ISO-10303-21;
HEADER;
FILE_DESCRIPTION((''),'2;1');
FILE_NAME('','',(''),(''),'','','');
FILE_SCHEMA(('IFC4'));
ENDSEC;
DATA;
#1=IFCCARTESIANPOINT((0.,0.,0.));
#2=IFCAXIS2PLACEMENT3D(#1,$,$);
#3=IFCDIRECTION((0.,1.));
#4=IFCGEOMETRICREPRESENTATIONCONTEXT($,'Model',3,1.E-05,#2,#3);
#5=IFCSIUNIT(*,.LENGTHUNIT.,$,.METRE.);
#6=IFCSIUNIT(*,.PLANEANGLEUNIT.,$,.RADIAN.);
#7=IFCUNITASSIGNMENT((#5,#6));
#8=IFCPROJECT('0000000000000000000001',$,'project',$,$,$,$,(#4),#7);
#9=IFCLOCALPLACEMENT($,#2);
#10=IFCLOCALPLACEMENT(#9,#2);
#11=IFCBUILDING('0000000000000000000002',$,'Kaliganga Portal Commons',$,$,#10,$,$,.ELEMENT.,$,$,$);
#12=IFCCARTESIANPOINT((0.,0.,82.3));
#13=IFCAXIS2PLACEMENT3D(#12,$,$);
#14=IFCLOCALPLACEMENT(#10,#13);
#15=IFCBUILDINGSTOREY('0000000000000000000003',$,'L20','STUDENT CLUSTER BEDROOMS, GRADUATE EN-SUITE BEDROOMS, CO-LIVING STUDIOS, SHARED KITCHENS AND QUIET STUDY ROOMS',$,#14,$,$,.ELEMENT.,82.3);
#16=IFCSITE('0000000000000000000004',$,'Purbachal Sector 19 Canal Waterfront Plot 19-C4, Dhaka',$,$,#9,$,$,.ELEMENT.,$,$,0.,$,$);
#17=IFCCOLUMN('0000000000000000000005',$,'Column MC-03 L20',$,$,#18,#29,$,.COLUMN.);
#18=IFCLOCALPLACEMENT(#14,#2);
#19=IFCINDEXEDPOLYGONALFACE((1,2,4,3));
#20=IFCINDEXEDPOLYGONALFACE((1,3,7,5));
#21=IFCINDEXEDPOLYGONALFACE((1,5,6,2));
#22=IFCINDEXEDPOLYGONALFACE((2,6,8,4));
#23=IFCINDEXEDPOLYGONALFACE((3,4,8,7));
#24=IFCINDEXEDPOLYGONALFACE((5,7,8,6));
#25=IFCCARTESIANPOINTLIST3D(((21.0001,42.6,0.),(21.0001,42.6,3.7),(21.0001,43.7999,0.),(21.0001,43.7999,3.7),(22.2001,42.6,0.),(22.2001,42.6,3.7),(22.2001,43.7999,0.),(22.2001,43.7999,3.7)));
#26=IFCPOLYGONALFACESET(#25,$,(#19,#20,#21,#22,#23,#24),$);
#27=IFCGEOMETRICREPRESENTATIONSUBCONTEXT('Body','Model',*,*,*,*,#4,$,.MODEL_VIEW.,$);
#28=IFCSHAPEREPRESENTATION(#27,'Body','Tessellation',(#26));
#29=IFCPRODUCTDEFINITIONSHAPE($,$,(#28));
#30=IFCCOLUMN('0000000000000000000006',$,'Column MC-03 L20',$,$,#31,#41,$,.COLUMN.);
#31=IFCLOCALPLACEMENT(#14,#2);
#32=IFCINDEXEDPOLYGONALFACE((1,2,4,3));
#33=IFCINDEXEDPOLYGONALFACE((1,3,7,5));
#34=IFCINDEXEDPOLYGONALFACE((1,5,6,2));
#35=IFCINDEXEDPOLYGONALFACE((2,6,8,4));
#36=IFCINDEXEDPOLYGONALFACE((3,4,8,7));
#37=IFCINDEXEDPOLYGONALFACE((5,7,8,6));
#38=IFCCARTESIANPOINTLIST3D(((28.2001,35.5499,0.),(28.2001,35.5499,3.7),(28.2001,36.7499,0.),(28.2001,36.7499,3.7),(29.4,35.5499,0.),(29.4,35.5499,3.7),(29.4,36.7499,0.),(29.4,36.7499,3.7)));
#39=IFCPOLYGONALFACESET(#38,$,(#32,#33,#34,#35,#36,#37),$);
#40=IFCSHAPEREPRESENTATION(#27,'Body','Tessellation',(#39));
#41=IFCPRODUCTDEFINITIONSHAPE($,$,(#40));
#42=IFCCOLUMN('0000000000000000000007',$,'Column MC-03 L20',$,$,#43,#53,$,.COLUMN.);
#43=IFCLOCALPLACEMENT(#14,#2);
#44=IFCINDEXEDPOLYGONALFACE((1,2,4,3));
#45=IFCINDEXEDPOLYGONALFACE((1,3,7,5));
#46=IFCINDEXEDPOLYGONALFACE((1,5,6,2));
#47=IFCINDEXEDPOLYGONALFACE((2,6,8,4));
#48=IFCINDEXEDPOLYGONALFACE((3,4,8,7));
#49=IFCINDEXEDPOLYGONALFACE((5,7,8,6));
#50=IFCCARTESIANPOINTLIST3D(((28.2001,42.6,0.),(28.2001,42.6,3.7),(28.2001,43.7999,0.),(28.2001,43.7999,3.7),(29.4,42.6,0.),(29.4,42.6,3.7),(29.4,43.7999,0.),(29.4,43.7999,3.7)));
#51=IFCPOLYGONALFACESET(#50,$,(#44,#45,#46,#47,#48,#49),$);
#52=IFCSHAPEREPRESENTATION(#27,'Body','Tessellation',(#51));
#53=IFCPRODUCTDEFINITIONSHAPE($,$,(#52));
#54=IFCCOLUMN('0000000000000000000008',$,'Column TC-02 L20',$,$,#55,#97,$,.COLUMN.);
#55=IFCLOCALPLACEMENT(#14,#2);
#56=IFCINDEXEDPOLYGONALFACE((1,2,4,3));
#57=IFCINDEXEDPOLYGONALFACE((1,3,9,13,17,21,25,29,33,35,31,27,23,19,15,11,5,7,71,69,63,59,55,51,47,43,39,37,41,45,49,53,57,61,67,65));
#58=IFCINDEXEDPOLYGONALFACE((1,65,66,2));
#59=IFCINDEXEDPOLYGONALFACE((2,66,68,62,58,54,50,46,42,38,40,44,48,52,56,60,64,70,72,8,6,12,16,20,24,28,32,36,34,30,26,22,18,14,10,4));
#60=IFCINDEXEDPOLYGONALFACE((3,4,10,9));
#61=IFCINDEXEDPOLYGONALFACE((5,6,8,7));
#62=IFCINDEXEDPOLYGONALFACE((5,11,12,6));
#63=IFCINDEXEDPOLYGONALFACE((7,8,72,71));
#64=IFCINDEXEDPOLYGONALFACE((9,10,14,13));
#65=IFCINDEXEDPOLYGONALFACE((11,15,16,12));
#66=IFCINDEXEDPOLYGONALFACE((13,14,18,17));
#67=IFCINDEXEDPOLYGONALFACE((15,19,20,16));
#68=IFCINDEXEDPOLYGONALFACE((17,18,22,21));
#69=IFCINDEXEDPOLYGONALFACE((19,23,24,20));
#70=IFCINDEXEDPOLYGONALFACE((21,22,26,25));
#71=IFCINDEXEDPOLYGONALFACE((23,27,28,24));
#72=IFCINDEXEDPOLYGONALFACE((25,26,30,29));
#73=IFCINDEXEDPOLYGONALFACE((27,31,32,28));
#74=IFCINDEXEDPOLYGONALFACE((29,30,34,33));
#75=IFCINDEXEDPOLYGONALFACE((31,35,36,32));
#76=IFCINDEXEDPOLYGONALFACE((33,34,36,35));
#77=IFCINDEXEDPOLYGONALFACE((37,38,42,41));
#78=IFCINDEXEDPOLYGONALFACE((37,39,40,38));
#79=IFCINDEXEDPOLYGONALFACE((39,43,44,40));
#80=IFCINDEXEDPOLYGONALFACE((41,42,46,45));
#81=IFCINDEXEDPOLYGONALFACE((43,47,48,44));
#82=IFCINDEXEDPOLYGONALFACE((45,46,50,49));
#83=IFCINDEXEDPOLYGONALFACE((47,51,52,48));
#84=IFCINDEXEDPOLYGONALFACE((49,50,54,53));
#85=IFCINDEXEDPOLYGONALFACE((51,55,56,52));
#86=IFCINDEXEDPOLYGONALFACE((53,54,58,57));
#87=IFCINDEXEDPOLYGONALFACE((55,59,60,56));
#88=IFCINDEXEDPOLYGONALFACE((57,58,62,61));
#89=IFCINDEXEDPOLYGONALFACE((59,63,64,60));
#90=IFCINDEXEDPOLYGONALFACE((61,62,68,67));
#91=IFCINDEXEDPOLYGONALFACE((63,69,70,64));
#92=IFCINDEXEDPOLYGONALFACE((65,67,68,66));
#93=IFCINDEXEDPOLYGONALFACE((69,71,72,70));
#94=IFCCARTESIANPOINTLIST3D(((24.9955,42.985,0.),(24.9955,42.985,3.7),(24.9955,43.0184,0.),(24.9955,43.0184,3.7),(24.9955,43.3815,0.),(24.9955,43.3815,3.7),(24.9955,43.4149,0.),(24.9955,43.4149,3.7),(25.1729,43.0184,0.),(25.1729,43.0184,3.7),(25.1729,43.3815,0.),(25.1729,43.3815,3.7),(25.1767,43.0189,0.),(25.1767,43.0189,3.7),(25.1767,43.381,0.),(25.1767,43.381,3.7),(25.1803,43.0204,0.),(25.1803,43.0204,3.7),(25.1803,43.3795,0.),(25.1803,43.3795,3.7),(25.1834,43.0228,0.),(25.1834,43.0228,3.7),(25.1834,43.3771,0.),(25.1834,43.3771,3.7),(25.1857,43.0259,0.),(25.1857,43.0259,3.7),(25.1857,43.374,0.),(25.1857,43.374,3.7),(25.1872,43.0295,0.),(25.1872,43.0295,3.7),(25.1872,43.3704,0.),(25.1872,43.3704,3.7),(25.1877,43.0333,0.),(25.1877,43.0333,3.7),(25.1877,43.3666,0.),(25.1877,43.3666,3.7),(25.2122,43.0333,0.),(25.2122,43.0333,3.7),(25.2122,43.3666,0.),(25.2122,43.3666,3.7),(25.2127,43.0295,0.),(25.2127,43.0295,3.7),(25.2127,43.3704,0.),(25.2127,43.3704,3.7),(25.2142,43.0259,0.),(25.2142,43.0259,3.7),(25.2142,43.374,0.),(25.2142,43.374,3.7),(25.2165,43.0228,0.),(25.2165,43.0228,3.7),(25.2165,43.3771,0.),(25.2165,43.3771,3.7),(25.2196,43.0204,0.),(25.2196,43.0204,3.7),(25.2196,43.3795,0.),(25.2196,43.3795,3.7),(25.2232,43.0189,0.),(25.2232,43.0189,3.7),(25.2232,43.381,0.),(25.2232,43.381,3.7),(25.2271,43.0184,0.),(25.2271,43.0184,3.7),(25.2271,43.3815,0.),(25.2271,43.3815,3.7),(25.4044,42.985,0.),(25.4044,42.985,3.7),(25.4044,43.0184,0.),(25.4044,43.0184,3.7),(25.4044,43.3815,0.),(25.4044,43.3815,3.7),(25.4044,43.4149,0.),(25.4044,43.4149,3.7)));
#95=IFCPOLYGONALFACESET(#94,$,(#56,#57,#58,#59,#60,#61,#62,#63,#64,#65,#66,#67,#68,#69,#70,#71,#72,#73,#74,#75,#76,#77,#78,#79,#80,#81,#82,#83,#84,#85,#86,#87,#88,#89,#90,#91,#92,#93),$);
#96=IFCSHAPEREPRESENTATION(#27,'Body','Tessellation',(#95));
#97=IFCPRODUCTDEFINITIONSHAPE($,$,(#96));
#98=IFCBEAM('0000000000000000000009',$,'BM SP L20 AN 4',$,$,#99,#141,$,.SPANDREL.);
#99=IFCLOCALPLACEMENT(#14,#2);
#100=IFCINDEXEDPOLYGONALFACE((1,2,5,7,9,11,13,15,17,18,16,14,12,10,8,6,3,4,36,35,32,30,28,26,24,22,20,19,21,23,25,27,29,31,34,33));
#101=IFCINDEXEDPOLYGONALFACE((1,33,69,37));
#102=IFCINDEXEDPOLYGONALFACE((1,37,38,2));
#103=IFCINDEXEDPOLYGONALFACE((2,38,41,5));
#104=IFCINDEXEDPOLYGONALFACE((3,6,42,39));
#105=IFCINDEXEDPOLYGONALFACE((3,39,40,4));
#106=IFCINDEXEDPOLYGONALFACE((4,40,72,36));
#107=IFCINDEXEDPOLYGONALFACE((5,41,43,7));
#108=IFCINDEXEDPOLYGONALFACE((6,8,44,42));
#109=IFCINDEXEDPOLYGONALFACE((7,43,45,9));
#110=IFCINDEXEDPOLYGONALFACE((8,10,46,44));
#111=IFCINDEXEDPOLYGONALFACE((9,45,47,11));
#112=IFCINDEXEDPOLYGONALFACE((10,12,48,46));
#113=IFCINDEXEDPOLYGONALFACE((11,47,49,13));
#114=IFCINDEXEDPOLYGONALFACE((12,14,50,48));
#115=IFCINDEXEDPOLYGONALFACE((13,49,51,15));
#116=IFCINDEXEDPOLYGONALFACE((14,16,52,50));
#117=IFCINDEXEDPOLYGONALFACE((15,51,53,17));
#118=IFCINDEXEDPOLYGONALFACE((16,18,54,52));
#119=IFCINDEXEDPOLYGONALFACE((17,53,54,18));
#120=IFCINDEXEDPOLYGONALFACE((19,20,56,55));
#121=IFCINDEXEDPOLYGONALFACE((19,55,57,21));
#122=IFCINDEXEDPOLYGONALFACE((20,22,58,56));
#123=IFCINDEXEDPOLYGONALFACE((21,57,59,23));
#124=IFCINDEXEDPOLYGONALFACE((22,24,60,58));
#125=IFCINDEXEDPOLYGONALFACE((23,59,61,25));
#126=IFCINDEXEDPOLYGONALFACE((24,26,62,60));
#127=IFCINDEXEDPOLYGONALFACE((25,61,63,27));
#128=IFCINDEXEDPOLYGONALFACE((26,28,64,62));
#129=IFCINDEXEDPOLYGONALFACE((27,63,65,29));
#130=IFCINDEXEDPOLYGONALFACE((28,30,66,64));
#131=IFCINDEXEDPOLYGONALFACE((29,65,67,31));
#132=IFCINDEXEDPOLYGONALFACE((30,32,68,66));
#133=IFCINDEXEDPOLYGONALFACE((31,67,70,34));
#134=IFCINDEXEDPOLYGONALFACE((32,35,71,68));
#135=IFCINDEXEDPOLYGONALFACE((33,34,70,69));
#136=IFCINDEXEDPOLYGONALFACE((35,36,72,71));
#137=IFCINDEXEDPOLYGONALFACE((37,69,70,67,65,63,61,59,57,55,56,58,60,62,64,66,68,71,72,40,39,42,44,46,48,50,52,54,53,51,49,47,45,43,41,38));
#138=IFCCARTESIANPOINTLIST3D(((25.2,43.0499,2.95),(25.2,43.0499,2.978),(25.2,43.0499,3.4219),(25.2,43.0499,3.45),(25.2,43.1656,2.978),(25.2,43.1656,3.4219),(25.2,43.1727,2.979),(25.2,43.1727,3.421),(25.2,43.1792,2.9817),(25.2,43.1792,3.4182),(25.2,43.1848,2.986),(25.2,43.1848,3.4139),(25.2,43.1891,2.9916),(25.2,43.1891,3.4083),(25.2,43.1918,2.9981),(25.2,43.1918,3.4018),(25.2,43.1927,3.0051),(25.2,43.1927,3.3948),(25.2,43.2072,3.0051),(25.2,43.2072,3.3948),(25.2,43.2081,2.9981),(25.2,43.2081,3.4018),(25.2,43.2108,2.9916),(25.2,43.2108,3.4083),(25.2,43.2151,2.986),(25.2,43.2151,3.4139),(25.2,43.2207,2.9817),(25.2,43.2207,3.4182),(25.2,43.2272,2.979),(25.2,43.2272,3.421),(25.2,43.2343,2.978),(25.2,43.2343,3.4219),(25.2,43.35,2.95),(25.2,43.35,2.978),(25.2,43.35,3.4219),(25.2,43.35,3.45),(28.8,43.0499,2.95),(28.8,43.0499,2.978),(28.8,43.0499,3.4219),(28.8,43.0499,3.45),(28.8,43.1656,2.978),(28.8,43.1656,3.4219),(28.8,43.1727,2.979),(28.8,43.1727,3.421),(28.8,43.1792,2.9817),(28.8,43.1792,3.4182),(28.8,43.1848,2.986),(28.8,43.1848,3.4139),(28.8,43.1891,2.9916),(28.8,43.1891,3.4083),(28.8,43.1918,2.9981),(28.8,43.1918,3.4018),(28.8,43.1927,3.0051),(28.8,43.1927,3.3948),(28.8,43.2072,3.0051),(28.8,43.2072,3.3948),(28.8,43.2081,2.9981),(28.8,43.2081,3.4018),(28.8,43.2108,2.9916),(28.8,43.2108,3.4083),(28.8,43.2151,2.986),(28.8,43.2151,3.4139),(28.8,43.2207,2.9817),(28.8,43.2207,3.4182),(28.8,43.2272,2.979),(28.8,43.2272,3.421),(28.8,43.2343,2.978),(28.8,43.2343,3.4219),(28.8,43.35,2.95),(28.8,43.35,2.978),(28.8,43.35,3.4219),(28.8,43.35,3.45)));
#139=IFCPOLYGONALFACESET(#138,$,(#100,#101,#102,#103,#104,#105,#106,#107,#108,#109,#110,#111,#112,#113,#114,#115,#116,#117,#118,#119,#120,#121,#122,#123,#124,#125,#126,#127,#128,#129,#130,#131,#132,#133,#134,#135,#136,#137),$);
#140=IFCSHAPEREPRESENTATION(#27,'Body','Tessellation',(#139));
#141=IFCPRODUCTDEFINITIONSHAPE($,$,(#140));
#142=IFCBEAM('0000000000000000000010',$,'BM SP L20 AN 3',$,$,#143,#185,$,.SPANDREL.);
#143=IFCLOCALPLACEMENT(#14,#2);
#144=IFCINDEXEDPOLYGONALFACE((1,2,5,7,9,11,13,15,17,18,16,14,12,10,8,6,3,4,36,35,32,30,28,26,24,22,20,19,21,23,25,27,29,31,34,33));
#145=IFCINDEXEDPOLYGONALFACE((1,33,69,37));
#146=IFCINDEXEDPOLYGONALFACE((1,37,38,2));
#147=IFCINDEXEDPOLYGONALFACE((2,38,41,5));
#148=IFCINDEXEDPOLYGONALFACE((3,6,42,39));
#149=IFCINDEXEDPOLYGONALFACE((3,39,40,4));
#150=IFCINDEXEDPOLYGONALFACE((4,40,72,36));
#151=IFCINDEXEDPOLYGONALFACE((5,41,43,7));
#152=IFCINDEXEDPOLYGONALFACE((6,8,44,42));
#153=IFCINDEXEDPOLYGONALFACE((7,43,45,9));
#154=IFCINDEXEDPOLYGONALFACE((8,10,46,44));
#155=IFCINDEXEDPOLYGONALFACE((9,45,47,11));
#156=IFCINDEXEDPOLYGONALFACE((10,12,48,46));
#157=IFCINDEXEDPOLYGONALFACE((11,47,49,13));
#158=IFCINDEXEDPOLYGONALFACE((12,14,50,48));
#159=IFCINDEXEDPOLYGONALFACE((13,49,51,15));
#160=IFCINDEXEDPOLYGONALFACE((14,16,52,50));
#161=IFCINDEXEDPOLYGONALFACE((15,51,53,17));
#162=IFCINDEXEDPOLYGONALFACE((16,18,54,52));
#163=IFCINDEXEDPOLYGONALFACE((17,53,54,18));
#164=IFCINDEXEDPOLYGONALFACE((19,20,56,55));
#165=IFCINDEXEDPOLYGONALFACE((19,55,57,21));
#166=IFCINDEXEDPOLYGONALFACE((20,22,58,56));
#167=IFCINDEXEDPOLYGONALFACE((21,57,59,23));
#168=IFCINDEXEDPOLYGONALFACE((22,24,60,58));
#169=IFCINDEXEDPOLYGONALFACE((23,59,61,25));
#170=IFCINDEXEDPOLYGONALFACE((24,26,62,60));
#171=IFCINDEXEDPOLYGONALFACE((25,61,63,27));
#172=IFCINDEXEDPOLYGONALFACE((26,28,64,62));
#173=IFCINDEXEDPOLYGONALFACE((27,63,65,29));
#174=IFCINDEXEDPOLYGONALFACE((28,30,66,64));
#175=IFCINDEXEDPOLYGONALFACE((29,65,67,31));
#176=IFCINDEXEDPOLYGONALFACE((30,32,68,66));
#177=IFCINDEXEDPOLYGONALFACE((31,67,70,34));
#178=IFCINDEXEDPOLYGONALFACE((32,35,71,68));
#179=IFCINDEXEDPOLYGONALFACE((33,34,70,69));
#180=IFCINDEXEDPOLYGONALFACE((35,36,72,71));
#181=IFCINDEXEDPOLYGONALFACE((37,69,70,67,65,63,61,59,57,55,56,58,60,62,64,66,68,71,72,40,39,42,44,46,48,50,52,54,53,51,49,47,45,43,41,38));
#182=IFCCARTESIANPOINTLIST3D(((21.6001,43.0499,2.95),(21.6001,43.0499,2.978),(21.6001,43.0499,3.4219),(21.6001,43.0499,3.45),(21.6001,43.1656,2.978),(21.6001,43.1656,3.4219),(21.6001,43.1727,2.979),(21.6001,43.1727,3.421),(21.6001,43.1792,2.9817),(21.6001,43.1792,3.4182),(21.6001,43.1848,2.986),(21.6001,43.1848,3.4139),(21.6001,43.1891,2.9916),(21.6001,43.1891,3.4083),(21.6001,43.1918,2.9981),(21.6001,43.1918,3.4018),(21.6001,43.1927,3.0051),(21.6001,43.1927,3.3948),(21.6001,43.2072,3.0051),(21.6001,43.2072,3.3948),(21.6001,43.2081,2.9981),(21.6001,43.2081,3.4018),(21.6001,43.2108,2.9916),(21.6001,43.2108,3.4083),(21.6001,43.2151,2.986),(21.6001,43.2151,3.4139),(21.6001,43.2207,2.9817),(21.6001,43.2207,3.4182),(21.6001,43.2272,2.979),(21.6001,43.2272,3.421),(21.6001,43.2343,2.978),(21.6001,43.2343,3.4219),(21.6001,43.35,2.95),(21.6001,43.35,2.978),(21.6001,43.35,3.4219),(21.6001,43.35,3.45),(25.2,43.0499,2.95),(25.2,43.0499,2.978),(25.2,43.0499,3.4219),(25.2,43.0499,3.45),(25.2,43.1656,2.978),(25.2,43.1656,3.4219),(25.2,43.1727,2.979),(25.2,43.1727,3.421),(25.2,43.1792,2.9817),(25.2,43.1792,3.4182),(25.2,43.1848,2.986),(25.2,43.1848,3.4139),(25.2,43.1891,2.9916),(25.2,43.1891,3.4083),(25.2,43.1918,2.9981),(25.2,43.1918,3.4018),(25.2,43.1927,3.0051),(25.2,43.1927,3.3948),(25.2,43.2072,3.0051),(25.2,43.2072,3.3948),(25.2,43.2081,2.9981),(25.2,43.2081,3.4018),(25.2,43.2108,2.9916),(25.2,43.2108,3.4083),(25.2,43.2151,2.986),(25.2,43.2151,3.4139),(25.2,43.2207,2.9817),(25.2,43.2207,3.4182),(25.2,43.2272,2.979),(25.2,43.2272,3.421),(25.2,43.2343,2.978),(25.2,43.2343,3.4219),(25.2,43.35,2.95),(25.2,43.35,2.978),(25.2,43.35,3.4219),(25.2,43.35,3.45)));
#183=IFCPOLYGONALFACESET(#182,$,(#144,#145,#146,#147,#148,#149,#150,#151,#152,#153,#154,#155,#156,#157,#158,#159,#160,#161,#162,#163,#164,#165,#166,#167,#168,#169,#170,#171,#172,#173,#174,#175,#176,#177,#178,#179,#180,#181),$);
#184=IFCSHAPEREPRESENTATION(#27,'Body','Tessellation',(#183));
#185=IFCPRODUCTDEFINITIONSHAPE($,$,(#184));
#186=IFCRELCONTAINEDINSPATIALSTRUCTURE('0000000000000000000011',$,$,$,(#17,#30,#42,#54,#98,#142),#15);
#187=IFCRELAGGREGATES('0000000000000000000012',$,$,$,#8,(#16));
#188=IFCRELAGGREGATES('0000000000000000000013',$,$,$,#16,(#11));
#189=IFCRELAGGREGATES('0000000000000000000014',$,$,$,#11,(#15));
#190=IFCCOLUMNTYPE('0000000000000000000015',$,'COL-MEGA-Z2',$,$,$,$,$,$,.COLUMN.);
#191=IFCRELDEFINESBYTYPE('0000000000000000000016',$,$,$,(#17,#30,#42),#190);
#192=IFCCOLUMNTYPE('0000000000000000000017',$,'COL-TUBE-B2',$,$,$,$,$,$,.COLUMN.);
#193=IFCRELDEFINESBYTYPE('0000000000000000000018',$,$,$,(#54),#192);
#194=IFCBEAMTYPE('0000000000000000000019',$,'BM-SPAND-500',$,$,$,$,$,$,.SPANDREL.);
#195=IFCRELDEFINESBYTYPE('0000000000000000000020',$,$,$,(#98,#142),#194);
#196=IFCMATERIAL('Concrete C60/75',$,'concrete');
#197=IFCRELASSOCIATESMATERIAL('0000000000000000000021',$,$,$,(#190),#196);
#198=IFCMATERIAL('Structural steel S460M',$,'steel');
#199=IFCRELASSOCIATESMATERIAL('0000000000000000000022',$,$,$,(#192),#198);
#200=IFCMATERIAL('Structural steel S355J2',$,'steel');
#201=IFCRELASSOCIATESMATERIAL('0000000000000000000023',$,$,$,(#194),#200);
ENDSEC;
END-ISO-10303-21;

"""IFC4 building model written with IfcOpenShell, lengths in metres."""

from ifc_helpers import new_model, si_unit, direction, frame, origin, origin_2d, place, context, subcontext, project, spatial, rectangle, i_section, extrude, source, transform, mapped, material, material_profile, profile_set, type_object, element, save


model = new_model("IFC4")

# Units and contexts
model_context = context("Model", 3, precision=1e-05, world=origin(), true_north=direction((0.0, 1.0)))
body_context = subcontext(model_context, "Body", "Model", "MODEL_VIEW")
ifc_project = project(units=[si_unit("LENGTHUNIT", "METRE"), si_unit("PLANEANGLEUNIT", "RADIAN")], contexts=[model_context])

# Site, building, storey
site_placement = place(None, origin())
site = spatial("IfcSite", under=ifc_project, at=site_placement, Name="Purbachal Sector 19 Canal Waterfront Plot 19-C4, Dhaka", CompositionType="ELEMENT", RefElevation=0.0)
building_placement = place(site_placement, origin())
building = spatial("IfcBuilding", under=site, at=building_placement, Name="Kaliganga Portal Commons", CompositionType="ELEMENT")
storey_placement = place(building_placement, frame((0.0, 0.0, 82.3)))
storey = spatial("IfcBuildingStorey", under=building, at=storey_placement, Name="L20", Description="STUDENT CLUSTER BEDROOMS, GRADUATE EN-SUITE BEDROOMS, CO-LIVING STUDIOS, SHARED KITCHENS AND QUIET STUDY ROOMS", CompositionType="ELEMENT", Elevation=82.3)

# Columns
ifc_material_1 = material(Name="Concrete C60/75", Category="concrete")
ifc_material_profile_1 = material_profile(ifc_material_1, rectangle(XDim=1.2, YDim=1.2, at=origin_2d()), Name="RC 1200x1200")
ifc_profile_set_1 = profile_set([ifc_material_profile_1], Name="Concrete C60/75")
column_type_1 = type_object("IfcColumnType", Name="COL-MEGA-Z2", PredefinedType="COLUMN", material=ifc_profile_set_1)
shared_shape_1 = source(origin(), body_context, "Body", "SweptSolid", [
    extrude(rectangle(XDim=1.2, YDim=1.2, at=origin_2d()), origin(), (0.0, 0.0, 1.0), 3.7),
])
for number, where, z_axis, x_axis, name in (
    (1, (21.6001, 43.2, 0.0), (0.0, 0.0, 1.0), (1.0, 0.0, 0.0), "Column MC-03 L20"),
    (2, (28.8, 36.1499, 0.0), (0.0, 0.0, 1.0), (1.0, 0.0, 0.0), "Column MC-03 L20"),
    (3, (28.8, 43.2, 0.0), (0.0, 0.0, 1.0), (1.0, 0.0, 0.0), "Column MC-03 L20"),
):
    element("IfcColumn", number, at=place(storey_placement, frame(where, z_axis=z_axis, x_axis=x_axis)), inside=storey, type_object=column_type_1, Name=name, PredefinedType="COLUMN", context=body_context, shape_type="MappedRepresentation", body=[
        mapped(shared_shape_1, transform((0.0, 0.0, 0.0), x_axis=(1.0, 0.0, 0.0), y_axis=(0.0, 1.0, 0.0), z_axis=(0.0, 0.0, 1.0), scale=1.0)),
    ])
ifc_material_2 = material(Name="Structural steel S460M", Category="steel")
ifc_material_profile_2 = material_profile(ifc_material_2, i_section(OverallWidth=0.4089, OverallDepth=0.4299, WebThickness=0.0244, FlangeThickness=0.0334, FilletRadius=0.0149, at=origin_2d()), Name="HD 400x421")
ifc_profile_set_2 = profile_set([ifc_material_profile_2], Name="Structural steel S460M wide-flange")
column_type_2 = type_object("IfcColumnType", Name="COL-TUBE-B2", PredefinedType="COLUMN", material=ifc_profile_set_2)
shared_shape_2 = source(origin(), body_context, "Body", "SweptSolid", [
    extrude(i_section(OverallWidth=0.4089, OverallDepth=0.4299, WebThickness=0.0244, FlangeThickness=0.0334, FilletRadius=0.0149, at=origin_2d()), origin(), (0.0, 0.0, 1.0), 3.7),
])
column_placement = place(storey_placement, frame((25.2, 43.2, 0.0), z_axis=(0.0, 0.0, 1.0), x_axis=(1.0, 0.0, 0.0)))
element("IfcColumn", 4, at=column_placement, inside=storey, type_object=column_type_2, Name="Column TC-02 L20", PredefinedType="COLUMN", context=body_context, shape_type="MappedRepresentation", body=[
    mapped(shared_shape_2, transform((0.0, 0.0, 0.0), x_axis=(1.0, 0.0, 0.0), y_axis=(0.0, 1.0, 0.0), z_axis=(0.0, 0.0, 1.0), scale=1.0)),
])

# Beams
ifc_material_3 = material(Name="Structural steel S355J2", Category="steel")
ifc_material_profile_3 = material_profile(ifc_material_3, i_section(OverallWidth=0.3, OverallDepth=0.5, WebThickness=0.0144, FlangeThickness=0.0281, FilletRadius=0.0271, at=origin_2d()), Name="HE 500 B")
ifc_profile_set_3 = profile_set([ifc_material_profile_3], Name="Structural steel S355J2 wide-flange")
beam_type_1 = type_object("IfcBeamType", Name="BM-SPAND-500", PredefinedType="SPANDREL", material=ifc_profile_set_3)
shared_shape_3 = source(origin(), body_context, "Body", "SweptSolid", [
    extrude(i_section(OverallWidth=0.3, OverallDepth=0.5, WebThickness=0.0144, FlangeThickness=0.0281, FilletRadius=0.0271, at=origin_2d()), origin(), (0.0, 0.0, 1.0), 3.6001),
])
beam_1_placement = place(storey_placement, frame((25.2, 43.2, 3.2), z_axis=(1.0, 0.0, 0.0), x_axis=(0.0, 1.0, 0.0)))
element("IfcBeam", 5, at=beam_1_placement, inside=storey, type_object=beam_type_1, Name="BM SP L20 AN 4", PredefinedType="SPANDREL", context=body_context, shape_type="MappedRepresentation", body=[
    mapped(shared_shape_3, transform((0.0, 0.0, 0.0), x_axis=(1.0, 0.0, 0.0), y_axis=(0.0, 1.0, 0.0), z_axis=(0.0, 0.0, 1.0), scale=1.0)),
])
shared_shape_4 = source(origin(), body_context, "Body", "SweptSolid", [
    extrude(i_section(OverallWidth=0.3, OverallDepth=0.5, WebThickness=0.0144, FlangeThickness=0.0281, FilletRadius=0.0271, at=origin_2d()), origin(), (0.0, 0.0, 1.0), 3.5999),
])
for number, where, z_axis, x_axis, name in (
    (6, (21.6001, 43.2, 3.2), (1.0, 0.0, 0.0), (0.0, 1.0, 0.0), "BM SP L20 AN 3"),
):
    element("IfcBeam", number, at=place(storey_placement, frame(where, z_axis=z_axis, x_axis=x_axis)), inside=storey, type_object=beam_type_1, Name=name, PredefinedType="SPANDREL", context=body_context, shape_type="MappedRepresentation", body=[
        mapped(shared_shape_4, transform((0.0, 0.0, 0.0), x_axis=(1.0, 0.0, 0.0), y_axis=(0.0, 1.0, 0.0), z_axis=(0.0, 0.0, 1.0), scale=1.0)),
    ])

save(model, "model.ifc")
